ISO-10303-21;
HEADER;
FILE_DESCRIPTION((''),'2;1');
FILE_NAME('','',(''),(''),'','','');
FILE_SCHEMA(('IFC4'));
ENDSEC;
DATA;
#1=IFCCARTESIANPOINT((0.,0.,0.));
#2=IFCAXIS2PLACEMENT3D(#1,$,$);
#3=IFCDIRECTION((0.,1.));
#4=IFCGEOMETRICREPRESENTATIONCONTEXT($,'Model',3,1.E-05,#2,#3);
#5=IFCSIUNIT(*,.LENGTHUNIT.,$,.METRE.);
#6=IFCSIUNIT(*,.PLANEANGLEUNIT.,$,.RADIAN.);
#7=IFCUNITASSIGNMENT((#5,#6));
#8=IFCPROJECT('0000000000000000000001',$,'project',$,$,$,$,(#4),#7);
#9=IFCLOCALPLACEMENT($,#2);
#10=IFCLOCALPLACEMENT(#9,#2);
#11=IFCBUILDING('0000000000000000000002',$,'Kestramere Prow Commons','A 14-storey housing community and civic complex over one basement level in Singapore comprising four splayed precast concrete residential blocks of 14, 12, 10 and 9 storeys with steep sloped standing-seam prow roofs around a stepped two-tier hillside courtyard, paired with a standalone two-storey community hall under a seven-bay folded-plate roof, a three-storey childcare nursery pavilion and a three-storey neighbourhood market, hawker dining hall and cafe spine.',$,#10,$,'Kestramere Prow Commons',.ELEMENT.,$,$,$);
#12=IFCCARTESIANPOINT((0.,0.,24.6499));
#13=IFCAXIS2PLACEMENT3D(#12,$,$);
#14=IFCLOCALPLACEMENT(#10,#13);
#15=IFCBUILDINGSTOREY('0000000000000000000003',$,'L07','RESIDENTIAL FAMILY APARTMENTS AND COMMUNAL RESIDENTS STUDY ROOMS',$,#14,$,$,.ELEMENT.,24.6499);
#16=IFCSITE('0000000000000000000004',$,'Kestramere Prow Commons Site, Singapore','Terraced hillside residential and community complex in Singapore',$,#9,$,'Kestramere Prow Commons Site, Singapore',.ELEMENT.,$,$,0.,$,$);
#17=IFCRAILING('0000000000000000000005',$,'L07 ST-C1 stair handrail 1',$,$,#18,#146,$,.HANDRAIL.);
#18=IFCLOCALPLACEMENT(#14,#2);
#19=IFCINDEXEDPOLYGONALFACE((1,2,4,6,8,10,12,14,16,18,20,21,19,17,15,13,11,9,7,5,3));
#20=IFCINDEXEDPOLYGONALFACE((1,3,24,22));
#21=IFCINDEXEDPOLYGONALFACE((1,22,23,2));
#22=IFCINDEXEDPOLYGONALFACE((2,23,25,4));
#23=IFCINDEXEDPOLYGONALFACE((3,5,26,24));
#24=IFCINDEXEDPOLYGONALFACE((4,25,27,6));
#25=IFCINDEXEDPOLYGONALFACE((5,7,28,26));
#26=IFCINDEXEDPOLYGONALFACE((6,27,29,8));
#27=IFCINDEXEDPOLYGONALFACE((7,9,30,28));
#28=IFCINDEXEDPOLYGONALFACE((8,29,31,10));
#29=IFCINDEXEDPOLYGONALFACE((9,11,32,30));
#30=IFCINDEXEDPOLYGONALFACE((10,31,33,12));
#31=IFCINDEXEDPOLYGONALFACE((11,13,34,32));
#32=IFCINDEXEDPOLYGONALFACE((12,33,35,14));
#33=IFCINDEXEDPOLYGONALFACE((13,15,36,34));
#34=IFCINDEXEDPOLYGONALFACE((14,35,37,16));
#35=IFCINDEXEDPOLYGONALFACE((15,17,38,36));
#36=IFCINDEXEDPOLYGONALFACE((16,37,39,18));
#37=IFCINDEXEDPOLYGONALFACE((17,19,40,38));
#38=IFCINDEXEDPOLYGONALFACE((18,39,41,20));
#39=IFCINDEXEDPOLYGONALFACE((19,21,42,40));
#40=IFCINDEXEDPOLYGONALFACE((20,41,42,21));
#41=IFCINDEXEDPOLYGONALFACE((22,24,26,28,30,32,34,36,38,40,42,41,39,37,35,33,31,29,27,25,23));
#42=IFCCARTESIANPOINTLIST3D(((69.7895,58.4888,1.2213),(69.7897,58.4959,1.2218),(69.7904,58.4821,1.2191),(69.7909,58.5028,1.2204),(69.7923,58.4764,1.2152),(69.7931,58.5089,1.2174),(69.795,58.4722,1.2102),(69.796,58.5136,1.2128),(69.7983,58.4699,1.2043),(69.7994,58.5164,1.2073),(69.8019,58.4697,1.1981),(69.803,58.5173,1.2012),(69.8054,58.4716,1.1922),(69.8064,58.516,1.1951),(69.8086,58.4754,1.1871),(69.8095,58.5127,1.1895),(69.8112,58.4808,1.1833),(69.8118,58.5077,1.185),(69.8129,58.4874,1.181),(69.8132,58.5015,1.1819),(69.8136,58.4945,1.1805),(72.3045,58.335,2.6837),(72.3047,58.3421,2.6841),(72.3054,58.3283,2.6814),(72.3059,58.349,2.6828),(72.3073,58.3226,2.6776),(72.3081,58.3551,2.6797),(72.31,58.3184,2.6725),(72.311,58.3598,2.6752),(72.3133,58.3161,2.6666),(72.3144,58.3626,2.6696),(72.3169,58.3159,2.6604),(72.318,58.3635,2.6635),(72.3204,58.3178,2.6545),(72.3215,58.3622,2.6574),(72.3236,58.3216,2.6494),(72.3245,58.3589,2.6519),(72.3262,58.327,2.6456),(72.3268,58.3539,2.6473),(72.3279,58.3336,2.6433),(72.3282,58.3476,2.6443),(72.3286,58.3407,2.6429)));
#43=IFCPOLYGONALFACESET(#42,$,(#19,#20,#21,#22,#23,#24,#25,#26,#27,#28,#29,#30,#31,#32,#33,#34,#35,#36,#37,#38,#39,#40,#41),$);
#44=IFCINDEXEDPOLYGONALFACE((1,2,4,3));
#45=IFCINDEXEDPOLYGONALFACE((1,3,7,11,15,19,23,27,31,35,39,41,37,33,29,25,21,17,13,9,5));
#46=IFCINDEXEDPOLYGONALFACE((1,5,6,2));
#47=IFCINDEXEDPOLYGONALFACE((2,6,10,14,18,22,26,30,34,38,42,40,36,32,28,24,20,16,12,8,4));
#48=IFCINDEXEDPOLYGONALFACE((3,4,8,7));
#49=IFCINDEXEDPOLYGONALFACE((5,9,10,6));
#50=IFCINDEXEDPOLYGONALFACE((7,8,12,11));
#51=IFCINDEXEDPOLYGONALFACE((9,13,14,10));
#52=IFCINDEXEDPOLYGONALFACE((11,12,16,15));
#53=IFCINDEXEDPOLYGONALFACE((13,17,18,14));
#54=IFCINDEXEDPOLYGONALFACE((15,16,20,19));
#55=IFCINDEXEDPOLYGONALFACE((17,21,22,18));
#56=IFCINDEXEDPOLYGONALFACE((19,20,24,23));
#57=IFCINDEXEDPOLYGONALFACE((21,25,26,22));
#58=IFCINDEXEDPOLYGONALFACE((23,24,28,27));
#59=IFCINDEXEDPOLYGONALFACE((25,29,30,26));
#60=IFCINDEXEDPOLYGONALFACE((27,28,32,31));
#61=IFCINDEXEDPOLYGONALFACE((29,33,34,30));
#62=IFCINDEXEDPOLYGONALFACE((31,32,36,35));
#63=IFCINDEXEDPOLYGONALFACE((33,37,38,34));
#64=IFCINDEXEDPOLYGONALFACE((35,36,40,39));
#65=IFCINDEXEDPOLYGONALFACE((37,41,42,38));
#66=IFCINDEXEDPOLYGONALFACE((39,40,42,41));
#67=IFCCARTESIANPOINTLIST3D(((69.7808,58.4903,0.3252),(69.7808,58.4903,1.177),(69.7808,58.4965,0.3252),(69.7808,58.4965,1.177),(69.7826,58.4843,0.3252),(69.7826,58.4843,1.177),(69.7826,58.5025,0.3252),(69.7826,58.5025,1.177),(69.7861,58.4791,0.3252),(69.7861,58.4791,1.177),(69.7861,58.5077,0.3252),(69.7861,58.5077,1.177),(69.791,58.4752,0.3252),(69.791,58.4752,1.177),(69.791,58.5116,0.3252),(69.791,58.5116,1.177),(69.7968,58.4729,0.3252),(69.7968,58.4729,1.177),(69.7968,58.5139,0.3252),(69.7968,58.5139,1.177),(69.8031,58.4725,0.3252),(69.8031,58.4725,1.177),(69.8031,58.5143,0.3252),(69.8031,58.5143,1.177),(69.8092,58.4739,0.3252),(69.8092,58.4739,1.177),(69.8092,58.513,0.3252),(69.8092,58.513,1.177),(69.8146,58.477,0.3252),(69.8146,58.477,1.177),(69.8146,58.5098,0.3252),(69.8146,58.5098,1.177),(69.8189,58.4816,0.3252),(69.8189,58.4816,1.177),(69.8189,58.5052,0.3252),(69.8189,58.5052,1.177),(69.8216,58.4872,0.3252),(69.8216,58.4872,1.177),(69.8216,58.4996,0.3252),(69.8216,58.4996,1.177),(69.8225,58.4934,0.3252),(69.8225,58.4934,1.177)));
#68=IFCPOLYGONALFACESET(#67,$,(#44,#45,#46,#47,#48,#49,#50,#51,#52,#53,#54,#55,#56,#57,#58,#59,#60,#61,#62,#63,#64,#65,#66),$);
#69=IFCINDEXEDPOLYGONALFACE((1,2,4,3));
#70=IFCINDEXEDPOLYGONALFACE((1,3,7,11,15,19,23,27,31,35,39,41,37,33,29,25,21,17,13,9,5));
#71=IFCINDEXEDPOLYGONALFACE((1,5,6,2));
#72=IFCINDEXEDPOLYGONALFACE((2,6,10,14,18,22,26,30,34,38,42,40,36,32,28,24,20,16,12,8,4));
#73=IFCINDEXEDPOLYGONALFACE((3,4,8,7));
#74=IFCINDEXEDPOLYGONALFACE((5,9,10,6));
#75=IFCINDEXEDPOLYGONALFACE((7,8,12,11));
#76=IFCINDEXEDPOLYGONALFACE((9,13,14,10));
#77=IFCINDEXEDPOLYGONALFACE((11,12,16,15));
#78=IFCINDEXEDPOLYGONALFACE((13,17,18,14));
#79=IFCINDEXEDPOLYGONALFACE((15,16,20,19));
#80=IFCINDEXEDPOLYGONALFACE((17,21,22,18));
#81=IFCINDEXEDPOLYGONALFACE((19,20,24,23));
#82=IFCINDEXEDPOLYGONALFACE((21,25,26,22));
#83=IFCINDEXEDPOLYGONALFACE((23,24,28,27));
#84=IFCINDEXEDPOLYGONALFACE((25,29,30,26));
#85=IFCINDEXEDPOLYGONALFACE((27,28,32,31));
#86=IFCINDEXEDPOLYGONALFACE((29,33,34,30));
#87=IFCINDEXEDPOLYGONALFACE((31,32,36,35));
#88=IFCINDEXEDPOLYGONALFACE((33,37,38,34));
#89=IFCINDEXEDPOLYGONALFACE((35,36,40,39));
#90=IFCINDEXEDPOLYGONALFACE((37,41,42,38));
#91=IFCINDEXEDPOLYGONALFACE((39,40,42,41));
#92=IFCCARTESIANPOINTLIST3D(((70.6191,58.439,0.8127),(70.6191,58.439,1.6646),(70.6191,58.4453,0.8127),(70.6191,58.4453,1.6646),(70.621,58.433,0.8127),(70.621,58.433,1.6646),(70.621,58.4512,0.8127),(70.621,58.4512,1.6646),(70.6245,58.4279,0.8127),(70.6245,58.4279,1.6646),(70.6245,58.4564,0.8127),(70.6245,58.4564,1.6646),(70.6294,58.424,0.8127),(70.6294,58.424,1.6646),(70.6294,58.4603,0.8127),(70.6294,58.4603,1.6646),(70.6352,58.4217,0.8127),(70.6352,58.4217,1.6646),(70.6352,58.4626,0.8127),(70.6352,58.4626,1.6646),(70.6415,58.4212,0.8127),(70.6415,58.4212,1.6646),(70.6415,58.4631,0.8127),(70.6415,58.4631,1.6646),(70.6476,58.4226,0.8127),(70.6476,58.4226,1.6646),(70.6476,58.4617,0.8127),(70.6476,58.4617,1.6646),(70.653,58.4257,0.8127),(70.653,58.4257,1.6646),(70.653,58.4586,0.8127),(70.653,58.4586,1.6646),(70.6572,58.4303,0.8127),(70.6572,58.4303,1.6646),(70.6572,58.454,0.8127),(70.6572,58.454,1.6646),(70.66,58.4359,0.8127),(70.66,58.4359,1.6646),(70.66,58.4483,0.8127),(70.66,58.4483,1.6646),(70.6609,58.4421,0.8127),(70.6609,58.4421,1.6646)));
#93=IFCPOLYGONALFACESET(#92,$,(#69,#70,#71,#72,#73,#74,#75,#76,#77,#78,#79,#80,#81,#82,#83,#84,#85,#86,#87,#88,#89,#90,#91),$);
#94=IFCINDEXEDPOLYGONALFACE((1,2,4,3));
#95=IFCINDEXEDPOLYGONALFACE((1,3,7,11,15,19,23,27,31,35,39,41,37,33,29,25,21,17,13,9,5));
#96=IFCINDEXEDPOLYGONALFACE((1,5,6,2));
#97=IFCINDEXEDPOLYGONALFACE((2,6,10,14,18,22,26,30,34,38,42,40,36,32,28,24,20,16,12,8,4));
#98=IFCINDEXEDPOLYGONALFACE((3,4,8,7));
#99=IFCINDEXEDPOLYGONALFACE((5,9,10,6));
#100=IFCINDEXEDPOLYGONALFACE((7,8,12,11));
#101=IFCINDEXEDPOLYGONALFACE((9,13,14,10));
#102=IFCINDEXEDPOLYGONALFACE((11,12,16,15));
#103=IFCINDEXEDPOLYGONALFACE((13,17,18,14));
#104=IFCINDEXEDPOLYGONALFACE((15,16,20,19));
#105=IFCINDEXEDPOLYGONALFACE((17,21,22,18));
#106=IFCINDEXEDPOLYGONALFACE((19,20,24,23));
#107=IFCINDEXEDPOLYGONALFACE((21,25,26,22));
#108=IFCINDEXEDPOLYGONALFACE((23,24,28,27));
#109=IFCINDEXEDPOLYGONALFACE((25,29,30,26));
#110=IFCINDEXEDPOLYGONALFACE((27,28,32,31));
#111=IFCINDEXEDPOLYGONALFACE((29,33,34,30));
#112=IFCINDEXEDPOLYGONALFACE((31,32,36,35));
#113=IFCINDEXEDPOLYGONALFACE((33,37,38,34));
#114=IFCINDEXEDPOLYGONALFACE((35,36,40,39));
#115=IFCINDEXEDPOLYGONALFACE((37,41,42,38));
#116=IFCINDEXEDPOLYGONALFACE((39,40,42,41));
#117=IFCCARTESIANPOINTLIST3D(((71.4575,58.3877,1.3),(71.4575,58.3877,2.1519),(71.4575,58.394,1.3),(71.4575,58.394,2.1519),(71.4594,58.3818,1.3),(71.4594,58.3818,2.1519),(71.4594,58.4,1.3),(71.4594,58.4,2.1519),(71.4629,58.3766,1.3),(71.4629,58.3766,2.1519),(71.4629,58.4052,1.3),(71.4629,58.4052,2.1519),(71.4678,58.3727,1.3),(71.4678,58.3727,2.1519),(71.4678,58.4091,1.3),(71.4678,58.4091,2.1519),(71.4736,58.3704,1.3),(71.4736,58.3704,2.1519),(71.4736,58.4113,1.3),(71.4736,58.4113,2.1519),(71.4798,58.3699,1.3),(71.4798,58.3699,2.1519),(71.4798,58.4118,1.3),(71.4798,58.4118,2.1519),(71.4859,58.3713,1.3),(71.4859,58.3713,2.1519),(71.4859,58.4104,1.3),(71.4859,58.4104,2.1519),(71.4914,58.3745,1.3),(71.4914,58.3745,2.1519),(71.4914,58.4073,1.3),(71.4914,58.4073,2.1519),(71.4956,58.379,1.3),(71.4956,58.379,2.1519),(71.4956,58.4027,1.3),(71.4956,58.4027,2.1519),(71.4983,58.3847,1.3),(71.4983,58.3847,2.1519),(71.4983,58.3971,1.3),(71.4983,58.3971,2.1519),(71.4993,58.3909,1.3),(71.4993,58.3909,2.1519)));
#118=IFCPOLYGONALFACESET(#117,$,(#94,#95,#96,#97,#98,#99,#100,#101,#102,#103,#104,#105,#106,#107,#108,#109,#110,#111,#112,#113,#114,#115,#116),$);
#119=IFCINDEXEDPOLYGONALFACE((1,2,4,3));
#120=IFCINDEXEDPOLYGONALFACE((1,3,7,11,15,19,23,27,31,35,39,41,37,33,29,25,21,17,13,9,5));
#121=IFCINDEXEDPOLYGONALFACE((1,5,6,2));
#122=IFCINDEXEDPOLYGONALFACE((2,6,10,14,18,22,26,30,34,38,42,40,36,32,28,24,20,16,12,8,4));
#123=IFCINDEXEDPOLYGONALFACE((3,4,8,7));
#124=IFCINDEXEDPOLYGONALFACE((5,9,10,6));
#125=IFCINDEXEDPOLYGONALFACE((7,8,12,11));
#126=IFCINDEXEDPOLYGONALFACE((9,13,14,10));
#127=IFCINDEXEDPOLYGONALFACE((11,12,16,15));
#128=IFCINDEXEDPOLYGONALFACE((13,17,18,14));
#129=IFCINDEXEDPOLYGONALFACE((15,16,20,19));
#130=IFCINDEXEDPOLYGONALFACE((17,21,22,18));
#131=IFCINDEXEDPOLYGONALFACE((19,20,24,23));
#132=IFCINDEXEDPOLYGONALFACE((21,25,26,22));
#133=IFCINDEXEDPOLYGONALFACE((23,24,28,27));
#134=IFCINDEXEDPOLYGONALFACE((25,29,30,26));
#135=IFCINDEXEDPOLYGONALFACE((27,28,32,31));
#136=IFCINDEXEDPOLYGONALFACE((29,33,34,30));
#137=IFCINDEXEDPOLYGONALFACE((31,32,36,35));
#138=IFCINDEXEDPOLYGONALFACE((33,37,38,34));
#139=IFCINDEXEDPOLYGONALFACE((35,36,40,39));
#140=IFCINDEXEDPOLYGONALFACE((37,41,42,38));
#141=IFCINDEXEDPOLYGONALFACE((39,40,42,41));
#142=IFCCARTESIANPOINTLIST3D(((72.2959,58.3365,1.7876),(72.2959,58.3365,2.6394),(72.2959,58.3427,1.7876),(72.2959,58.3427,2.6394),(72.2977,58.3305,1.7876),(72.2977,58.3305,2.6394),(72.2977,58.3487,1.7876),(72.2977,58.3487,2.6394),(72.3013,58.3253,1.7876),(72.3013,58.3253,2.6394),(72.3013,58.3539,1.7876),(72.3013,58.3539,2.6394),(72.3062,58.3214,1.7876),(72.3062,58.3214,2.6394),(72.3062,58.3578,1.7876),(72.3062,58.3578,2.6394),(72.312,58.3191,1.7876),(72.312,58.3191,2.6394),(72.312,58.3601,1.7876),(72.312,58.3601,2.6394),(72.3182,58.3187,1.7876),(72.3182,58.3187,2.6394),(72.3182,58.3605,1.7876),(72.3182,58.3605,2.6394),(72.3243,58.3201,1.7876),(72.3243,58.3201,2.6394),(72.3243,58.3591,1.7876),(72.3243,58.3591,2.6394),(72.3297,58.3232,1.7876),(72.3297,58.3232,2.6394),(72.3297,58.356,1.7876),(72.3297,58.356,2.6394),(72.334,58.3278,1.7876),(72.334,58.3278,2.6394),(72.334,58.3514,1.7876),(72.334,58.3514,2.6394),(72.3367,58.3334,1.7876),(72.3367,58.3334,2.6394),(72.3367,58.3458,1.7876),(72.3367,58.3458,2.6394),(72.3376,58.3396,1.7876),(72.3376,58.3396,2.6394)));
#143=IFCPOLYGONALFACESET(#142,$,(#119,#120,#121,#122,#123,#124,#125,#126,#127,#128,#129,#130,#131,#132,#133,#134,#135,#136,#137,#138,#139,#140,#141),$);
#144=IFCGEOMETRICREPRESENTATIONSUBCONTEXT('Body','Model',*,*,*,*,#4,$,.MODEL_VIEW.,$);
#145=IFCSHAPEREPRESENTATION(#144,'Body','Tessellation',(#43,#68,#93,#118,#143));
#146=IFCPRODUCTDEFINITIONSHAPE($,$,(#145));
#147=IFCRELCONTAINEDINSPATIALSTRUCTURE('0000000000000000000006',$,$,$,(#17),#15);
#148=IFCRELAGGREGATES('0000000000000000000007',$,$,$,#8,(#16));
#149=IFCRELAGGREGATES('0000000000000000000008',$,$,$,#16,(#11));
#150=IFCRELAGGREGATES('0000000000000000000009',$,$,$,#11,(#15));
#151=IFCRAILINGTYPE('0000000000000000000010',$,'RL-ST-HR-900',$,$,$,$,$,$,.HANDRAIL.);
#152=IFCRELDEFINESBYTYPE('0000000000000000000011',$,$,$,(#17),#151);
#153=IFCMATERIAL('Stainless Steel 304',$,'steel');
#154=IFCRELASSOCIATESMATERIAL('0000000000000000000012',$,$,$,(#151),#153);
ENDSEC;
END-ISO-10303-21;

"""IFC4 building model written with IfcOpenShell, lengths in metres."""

from ifc_helpers import new_model, si_unit, direction, frame, origin, origin_2d, place, context, subcontext, project, spatial, circle, extrude, material, type_object, element, save


model = new_model("IFC4")

# Units and contexts
model_context = context("Model", 3, precision=1e-05, world=origin(), true_north=direction((0.0, 1.0)))
body_context = subcontext(model_context, "Body", "Model", "MODEL_VIEW")
ifc_project = project(units=[si_unit("LENGTHUNIT", "METRE"), si_unit("PLANEANGLEUNIT", "RADIAN")], contexts=[model_context])

# Site, building, storey
site_placement = place(None, origin())
site = spatial("IfcSite", under=ifc_project, at=site_placement, Name="Kestramere Prow Commons Site, Singapore", Description="Terraced hillside residential and community complex in Singapore", LongName="Kestramere Prow Commons Site, Singapore", CompositionType="ELEMENT", RefElevation=0.0)
building_placement = place(site_placement, origin())
building = spatial("IfcBuilding", under=site, at=building_placement, Name="Kestramere Prow Commons", Description="A 14-storey housing community and civic complex over one basement level in Singapore comprising four splayed precast concrete residential blocks of 14, 12, 10 and 9 storeys with steep sloped standing-seam prow roofs around a stepped two-tier hillside courtyard, paired with a standalone two-storey community hall under a seven-bay folded-plate roof, a three-storey childcare nursery pavilion and a three-storey neighbourhood market, hawker dining hall and cafe spine.", LongName="Kestramere Prow Commons", CompositionType="ELEMENT")
storey_placement = place(building_placement, frame((0.0, 0.0, 24.6499)))
storey = spatial("IfcBuildingStorey", under=building, at=storey_placement, Name="L07", Description="RESIDENTIAL FAMILY APARTMENTS AND COMMUNAL RESIDENTS STUDY ROOMS", CompositionType="ELEMENT", Elevation=24.6499)

# Railing
ifc_material_1 = material(Name="Stainless Steel 304", Category="steel")
railing_type_1 = type_object("IfcRailingType", Name="RL-ST-HR-900", PredefinedType="HANDRAIL", material=ifc_material_1)
railing_1_placement = place(storey_placement, frame((69.8015, 58.4934, 0.3252)))
element("IfcRailing", 1, at=railing_1_placement, inside=storey, type_object=railing_type_1, Name="L07 ST-C1 stair handrail 1", PredefinedType="HANDRAIL", context=body_context, shape_type="SweptSolid", body=[
    extrude(circle(Radius=0.0239, at=origin_2d()), frame((0.0, 0.0, 0.876), z_axis=(0.863285, -0.052793, 0.501949), x_axis=(0.061039, 0.998135, 0.0)), (0.0, 0.0, 1.0), 2.9133),
    extrude(circle(Radius=0.021, at=origin_2d()), origin(), (0.0, 0.0, 1.0), 0.8518),
    extrude(circle(Radius=0.021, at=origin_2d()), frame((0.8384, -0.0513, 0.4875)), (0.0, 0.0, 1.0), 0.8518),
    extrude(circle(Radius=0.021, at=origin_2d()), frame((1.6768, -0.1025, 0.9749)), (0.0, 0.0, 1.0), 0.8518),
    extrude(circle(Radius=0.021, at=origin_2d()), frame((2.5151, -0.1538, 1.4624)), (0.0, 0.0, 1.0), 0.8518),
])

save(model, "model.ifc")
